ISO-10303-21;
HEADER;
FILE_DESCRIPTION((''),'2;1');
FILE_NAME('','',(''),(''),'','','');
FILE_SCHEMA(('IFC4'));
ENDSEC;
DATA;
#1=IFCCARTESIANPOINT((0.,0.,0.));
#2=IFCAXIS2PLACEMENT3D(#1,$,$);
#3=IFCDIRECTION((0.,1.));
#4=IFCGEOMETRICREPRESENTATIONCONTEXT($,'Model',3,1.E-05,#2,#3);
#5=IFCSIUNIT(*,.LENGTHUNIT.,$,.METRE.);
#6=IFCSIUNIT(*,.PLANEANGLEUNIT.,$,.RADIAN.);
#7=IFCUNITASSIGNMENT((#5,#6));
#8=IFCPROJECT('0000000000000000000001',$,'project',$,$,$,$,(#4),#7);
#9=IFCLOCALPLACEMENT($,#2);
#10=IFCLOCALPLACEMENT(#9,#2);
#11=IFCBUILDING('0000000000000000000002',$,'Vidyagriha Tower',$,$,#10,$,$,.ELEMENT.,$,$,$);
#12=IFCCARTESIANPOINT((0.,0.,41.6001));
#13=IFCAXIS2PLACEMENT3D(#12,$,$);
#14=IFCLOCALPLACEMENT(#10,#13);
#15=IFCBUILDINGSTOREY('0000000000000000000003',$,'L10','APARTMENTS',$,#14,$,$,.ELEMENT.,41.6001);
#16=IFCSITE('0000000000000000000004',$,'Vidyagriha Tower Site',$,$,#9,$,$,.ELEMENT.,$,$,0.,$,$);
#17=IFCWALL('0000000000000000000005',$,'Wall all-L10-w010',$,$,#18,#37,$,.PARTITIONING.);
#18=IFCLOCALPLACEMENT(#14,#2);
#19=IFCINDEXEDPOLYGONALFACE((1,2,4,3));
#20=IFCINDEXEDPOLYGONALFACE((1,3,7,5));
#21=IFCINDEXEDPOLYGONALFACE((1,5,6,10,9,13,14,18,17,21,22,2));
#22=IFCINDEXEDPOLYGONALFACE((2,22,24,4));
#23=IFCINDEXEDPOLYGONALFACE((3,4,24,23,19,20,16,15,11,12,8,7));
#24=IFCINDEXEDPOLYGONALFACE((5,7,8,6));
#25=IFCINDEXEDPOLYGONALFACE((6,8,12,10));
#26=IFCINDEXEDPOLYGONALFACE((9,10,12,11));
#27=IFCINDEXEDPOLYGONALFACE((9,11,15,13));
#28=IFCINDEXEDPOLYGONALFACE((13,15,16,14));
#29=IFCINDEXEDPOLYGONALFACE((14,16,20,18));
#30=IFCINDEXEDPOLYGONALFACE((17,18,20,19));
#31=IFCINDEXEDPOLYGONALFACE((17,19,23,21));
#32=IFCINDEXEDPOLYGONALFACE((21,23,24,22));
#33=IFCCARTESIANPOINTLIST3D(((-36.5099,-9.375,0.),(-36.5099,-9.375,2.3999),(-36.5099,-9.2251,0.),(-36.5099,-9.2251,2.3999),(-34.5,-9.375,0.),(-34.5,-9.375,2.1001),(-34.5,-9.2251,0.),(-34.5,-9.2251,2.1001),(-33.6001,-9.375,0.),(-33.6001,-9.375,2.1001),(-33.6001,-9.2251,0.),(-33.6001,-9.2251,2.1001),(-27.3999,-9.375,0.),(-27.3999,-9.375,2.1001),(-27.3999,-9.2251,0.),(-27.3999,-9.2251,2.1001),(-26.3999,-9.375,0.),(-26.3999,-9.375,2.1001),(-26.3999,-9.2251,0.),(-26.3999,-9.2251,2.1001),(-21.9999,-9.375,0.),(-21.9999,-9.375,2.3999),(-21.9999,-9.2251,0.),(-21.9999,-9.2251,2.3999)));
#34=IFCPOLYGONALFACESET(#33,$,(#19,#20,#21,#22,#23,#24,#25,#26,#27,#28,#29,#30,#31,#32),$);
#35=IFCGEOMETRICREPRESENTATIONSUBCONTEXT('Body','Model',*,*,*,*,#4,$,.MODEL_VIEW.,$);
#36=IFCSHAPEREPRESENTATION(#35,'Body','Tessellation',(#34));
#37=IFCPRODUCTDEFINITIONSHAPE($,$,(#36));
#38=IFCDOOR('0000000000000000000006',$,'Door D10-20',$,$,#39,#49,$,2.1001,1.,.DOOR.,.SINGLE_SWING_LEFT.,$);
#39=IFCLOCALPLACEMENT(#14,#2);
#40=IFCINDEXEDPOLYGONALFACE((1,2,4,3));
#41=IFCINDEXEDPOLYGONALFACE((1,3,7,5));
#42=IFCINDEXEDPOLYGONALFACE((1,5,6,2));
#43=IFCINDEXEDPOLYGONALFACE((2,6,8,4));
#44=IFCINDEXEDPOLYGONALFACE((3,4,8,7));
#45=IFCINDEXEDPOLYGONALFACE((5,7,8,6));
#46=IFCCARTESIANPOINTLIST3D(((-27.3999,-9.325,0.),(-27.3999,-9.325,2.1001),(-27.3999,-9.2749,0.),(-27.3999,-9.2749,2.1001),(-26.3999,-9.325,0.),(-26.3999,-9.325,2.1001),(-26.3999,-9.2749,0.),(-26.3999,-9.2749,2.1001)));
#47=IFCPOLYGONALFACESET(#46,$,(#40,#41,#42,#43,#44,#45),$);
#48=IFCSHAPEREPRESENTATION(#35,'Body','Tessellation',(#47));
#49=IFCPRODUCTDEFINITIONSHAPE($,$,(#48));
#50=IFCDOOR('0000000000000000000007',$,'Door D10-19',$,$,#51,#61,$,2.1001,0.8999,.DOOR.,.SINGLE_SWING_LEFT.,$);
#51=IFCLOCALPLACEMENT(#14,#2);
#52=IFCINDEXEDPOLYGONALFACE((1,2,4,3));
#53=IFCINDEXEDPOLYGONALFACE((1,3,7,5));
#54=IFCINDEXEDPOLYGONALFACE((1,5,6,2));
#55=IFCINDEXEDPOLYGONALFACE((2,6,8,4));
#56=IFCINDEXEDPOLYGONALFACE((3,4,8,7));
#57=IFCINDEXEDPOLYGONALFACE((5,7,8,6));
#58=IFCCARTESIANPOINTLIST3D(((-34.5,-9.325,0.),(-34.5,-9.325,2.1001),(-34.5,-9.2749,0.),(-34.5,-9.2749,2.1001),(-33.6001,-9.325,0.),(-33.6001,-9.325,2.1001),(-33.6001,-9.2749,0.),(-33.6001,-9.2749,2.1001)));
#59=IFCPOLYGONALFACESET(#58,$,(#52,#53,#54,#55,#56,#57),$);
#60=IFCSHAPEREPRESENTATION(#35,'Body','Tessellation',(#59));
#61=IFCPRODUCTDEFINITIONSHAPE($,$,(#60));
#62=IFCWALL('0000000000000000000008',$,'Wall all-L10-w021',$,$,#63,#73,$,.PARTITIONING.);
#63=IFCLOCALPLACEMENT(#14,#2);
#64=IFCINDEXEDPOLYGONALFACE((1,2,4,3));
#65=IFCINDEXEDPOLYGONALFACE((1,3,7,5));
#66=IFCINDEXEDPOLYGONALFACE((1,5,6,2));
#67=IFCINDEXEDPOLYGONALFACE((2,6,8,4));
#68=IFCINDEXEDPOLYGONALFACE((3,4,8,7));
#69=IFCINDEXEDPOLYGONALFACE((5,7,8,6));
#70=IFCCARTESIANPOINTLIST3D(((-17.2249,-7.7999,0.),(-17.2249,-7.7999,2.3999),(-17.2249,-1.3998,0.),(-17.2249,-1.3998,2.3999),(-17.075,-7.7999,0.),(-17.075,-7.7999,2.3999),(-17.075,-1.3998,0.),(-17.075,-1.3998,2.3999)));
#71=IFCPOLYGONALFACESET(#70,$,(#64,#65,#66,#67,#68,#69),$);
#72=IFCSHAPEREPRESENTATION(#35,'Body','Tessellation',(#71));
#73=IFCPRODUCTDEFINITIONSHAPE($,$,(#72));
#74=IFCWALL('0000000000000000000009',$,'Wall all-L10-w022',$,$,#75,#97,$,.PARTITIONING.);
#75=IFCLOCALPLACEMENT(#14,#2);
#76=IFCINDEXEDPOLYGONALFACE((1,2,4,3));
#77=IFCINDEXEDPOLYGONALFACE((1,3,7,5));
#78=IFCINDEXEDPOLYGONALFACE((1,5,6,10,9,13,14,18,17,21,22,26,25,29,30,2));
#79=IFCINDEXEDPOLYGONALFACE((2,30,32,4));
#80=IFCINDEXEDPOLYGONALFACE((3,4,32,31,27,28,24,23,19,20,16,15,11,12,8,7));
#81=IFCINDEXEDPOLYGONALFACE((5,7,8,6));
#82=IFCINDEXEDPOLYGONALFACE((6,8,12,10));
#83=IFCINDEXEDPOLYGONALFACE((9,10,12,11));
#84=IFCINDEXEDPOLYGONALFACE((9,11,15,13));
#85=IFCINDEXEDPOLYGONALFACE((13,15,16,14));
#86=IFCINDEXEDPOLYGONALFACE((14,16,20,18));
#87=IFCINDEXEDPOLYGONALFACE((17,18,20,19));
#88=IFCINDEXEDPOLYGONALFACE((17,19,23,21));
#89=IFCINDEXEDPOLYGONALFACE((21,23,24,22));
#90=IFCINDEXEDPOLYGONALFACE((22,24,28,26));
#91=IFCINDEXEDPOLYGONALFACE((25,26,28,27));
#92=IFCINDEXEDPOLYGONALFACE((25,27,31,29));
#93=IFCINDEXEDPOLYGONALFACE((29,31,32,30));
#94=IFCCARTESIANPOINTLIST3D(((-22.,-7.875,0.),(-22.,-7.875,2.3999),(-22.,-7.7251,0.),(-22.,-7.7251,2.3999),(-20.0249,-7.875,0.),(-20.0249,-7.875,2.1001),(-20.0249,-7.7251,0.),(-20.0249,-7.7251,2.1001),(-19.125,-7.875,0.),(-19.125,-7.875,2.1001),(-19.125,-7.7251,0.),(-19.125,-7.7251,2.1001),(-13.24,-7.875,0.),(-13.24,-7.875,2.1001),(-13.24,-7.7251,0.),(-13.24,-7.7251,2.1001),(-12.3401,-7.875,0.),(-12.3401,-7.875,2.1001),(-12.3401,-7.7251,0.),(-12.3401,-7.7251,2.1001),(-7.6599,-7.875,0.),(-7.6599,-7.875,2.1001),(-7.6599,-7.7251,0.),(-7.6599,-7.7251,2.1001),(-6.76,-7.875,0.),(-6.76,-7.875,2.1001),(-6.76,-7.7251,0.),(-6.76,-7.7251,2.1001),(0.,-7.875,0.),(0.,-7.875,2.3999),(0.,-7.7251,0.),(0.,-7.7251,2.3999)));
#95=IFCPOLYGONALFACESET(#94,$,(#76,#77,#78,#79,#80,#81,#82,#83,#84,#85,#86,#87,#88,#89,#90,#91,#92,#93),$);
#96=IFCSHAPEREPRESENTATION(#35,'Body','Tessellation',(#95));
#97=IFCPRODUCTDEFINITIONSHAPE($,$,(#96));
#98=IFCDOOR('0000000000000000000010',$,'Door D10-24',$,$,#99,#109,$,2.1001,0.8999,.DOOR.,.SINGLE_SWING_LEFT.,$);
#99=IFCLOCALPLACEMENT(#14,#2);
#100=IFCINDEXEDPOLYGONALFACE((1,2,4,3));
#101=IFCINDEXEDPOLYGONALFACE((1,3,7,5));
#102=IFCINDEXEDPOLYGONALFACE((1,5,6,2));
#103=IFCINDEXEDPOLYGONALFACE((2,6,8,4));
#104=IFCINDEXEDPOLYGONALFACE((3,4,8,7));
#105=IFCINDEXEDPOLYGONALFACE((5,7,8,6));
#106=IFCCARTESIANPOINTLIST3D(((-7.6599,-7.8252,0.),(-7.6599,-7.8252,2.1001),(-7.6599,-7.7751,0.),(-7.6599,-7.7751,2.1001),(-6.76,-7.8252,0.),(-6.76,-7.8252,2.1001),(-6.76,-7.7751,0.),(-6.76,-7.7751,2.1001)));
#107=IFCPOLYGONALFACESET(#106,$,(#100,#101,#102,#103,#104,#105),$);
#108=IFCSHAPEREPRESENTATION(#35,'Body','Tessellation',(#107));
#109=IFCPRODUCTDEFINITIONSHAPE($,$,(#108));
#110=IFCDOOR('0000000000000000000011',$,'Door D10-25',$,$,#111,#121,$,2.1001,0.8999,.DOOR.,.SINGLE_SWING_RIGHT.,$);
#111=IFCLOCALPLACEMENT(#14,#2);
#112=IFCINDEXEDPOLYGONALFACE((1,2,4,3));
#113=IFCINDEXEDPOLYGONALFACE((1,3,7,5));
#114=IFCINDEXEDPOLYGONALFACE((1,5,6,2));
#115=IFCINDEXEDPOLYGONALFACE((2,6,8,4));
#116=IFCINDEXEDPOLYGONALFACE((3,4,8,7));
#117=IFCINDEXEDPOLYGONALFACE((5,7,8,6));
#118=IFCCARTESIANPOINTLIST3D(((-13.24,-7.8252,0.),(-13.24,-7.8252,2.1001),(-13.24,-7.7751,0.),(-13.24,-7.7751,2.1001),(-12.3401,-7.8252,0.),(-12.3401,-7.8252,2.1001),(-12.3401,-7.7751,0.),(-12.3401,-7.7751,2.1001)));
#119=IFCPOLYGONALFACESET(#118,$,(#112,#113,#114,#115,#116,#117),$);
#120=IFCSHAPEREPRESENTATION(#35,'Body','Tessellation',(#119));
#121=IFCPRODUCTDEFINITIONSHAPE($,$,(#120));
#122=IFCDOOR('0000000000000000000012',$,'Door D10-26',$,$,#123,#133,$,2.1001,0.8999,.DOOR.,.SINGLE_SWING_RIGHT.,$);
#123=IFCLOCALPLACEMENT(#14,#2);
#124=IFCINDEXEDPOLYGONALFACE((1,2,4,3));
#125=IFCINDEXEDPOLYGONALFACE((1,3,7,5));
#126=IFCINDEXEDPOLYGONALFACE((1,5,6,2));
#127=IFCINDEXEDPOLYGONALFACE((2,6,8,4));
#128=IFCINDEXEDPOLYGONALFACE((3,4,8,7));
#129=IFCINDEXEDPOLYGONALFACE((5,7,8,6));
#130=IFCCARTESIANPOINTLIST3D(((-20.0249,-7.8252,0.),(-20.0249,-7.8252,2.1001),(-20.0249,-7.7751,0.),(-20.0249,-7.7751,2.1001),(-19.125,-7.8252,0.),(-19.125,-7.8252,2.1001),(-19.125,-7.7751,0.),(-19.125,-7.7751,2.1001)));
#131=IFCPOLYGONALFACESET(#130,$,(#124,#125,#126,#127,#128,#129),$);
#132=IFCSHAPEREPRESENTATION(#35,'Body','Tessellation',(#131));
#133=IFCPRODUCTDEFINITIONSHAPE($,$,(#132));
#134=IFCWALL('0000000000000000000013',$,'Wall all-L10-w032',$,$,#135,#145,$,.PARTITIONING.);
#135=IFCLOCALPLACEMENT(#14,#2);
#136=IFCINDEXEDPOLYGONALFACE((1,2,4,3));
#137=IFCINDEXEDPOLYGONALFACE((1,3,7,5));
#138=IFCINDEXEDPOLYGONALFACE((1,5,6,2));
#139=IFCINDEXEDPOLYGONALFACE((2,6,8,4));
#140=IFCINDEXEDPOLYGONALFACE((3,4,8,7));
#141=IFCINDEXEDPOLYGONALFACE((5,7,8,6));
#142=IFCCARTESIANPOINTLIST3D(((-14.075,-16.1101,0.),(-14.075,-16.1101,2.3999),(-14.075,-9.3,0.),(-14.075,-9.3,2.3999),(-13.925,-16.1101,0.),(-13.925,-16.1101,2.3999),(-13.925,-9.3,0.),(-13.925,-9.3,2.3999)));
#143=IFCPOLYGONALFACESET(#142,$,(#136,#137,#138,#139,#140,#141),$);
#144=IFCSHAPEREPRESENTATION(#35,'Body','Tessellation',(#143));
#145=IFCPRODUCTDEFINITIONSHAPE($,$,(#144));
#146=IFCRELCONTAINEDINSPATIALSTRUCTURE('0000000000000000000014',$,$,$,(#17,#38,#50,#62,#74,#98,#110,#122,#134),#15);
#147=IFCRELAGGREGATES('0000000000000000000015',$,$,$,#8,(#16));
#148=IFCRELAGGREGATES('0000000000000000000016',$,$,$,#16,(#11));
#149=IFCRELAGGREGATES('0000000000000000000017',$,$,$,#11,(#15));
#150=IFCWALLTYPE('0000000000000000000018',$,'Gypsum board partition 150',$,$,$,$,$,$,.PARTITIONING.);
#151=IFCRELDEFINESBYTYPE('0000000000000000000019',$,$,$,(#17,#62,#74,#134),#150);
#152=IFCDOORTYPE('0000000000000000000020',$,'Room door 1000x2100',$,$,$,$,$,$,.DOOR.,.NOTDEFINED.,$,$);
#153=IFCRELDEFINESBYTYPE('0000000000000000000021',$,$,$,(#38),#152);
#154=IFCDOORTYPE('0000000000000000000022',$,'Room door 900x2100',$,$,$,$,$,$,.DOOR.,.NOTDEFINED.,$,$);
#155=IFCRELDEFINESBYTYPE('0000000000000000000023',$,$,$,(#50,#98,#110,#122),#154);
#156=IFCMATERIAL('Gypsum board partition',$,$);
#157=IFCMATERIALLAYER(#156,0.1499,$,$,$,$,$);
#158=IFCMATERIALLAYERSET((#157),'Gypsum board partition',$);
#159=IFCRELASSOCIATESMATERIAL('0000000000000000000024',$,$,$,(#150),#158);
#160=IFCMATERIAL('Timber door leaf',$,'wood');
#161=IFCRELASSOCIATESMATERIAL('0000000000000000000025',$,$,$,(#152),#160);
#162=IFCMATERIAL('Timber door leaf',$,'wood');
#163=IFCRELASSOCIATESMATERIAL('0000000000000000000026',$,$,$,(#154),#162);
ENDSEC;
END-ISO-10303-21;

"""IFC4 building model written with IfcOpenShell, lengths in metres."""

from ifc_helpers import new_model, si_unit, direction, frame, frame_2d, origin, place, context, subcontext, project, spatial, rectangle, extrude, material, layer, layer_set, type_object, element, fill, save


model = new_model("IFC4")

# Units and contexts
model_context = context("Model", 3, precision=1e-05, world=origin(), true_north=direction((0.0, 1.0)))
body_context = subcontext(model_context, "Body", "Model", "MODEL_VIEW")
ifc_project = project(units=[si_unit("LENGTHUNIT", "METRE"), si_unit("PLANEANGLEUNIT", "RADIAN")], contexts=[model_context])

# Site, building, storey
site_placement = place(None, origin())
site = spatial("IfcSite", under=ifc_project, at=site_placement, Name="Vidyagriha Tower Site", CompositionType="ELEMENT", RefElevation=0.0)
building_placement = place(site_placement, origin())
building = spatial("IfcBuilding", under=site, at=building_placement, Name="Vidyagriha Tower", CompositionType="ELEMENT")
storey_placement = place(building_placement, frame((0.0, 0.0, 41.6001)))
storey = spatial("IfcBuildingStorey", under=building, at=storey_placement, Name="L10", Description="APARTMENTS", CompositionType="ELEMENT", Elevation=41.6001)

# Shared definitions
ifc_material_1 = material(Name="Gypsum board partition")
ifc_layer_1 = layer(ifc_material_1, 0.1499)
ifc_layer_set_1 = layer_set([ifc_layer_1], Name="Gypsum board partition")
wall_type_1 = type_object("IfcWallType", Name="Gypsum board partition 150", PredefinedType="PARTITIONING", material=ifc_layer_set_1)

# Wall, openings, doors
wall_1_placement = place(storey_placement, frame((-22.0, -9.3, 0.0), z_axis=(0.0, 0.0, 1.0), x_axis=(-1.0, 0.0, 0.0)))
wall_1 = element("IfcWall", 1, at=wall_1_placement, inside=storey, type_object=wall_type_1, Name="Wall all-L10-w010", PredefinedType="PARTITIONING", context=body_context, shape_type="SweptSolid", body=[
    extrude(rectangle(XDim=14.51, YDim=0.1499, at=frame_2d((7.2549, 0.0))), origin(), (0.0, 0.0, 1.0), 2.3999),
])
opening_1_placement = place(wall_1_placement, frame((11.6001, 0.0, 0.0)))
opening_1 = element("IfcOpeningElement", 2, at=opening_1_placement, cuts=wall_1, PredefinedType="OPENING", context=body_context, shape_type="SweptSolid", body=[
    extrude(rectangle(XDim=0.8999, YDim=2.1001, at=frame_2d((0.45, 1.05))), frame((0.0, 0.085, 0.0), z_axis=(0.0, -1.0, 0.0), x_axis=(1.0, 0.0, 0.0)), (0.0, 0.0, 1.0), 0.1699),
])
opening_2_placement = place(wall_1_placement, frame((4.3999, 0.0, 0.0)))
opening_2 = element("IfcOpeningElement", 3, at=opening_2_placement, cuts=wall_1, PredefinedType="OPENING", context=body_context, shape_type="SweptSolid", body=[
    extrude(rectangle(XDim=1.0, YDim=2.1001, at=frame_2d((0.5, 1.05))), frame((0.0, 0.085, 0.0), z_axis=(0.0, -1.0, 0.0), x_axis=(1.0, 0.0, 0.0)), (0.0, 0.0, 1.0), 0.1699),
])
ifc_material_2 = material(Name="Timber door leaf", Category="wood")
door_type_1 = type_object("IfcDoorType", Name="Room door 1000x2100", OperationType="NOTDEFINED", PredefinedType="DOOR", material=ifc_material_2)
door_1_placement = place(opening_2_placement, origin())
door_1 = element("IfcDoor", 4, at=door_1_placement, inside=storey, type_object=door_type_1, Name="Door D10-20", OperationType="SINGLE_SWING_LEFT", OverallHeight=2.1001, OverallWidth=1.0, PredefinedType="DOOR", context=body_context, shape_type="SweptSolid", body=[
    extrude(rectangle(XDim=1.0, YDim=2.1001, at=frame_2d((0.5, 1.05))), frame((0.0, 0.0249, 0.0), z_axis=(0.0, -1.0, 0.0), x_axis=(1.0, 0.0, 0.0)), (0.0, 0.0, 1.0), 0.05),
])
fill(opening_2, door_1)
ifc_material_3 = material(Name="Timber door leaf", Category="wood")
door_type_2 = type_object("IfcDoorType", Name="Room door 900x2100", OperationType="NOTDEFINED", PredefinedType="DOOR", material=ifc_material_3)
door_2_placement = place(opening_1_placement, origin())
door_2 = element("IfcDoor", 5, at=door_2_placement, inside=storey, type_object=door_type_2, Name="Door D10-19", OperationType="SINGLE_SWING_LEFT", OverallHeight=2.1001, OverallWidth=0.8999, PredefinedType="DOOR", context=body_context, shape_type="SweptSolid", body=[
    extrude(rectangle(XDim=0.8999, YDim=2.1001, at=frame_2d((0.45, 1.05))), frame((0.0, 0.0249, 0.0), z_axis=(0.0, -1.0, 0.0), x_axis=(1.0, 0.0, 0.0)), (0.0, 0.0, 1.0), 0.05),
])
fill(opening_1, door_2)

# Wall
wall_2_placement = place(storey_placement, frame((-17.1499, -7.8, 0.0), z_axis=(0.0, 0.0, 1.0), x_axis=(0.0, 1.0, 0.0)))
element("IfcWall", 6, at=wall_2_placement, inside=storey, type_object=wall_type_1, Name="Wall all-L10-w021", PredefinedType="PARTITIONING", context=body_context, shape_type="SweptSolid", body=[
    extrude(rectangle(XDim=6.4001, YDim=0.1499, at=frame_2d((3.2002, 0.0))), origin(), (0.0, 0.0, 1.0), 2.3999),
])

# Wall, openings, doors
wall_3_placement = place(storey_placement, frame((-22.0, -7.8, 0.0)))
wall_3 = element("IfcWall", 7, at=wall_3_placement, inside=storey, type_object=wall_type_1, Name="Wall all-L10-w022", PredefinedType="PARTITIONING", context=body_context, shape_type="SweptSolid", body=[
    extrude(rectangle(XDim=22.0, YDim=0.1499, at=frame_2d((11.0, 0.0))), origin(), (0.0, 0.0, 1.0), 2.3999),
])
opening_3_placement = place(wall_3_placement, frame((14.3401, 0.0, 0.0)))
opening_3 = element("IfcOpeningElement", 8, at=opening_3_placement, cuts=wall_3, PredefinedType="OPENING", context=body_context, shape_type="SweptSolid", body=[
    extrude(rectangle(XDim=0.8999, YDim=2.1001, at=frame_2d((0.45, 1.05))), frame((0.0, 0.085, 0.0), z_axis=(0.0, -1.0, 0.0), x_axis=(1.0, 0.0, 0.0)), (0.0, 0.0, 1.0), 0.1699),
])
opening_4_placement = place(wall_3_placement, frame((8.76, 0.0, 0.0)))
opening_4 = element("IfcOpeningElement", 9, at=opening_4_placement, cuts=wall_3, PredefinedType="OPENING", context=body_context, shape_type="SweptSolid", body=[
    extrude(rectangle(XDim=0.8999, YDim=2.1001, at=frame_2d((0.45, 1.05))), frame((0.0, 0.085, 0.0), z_axis=(0.0, -1.0, 0.0), x_axis=(1.0, 0.0, 0.0)), (0.0, 0.0, 1.0), 0.1699),
])
opening_5_placement = place(wall_3_placement, frame((1.9751, 0.0, 0.0)))
opening_5 = element("IfcOpeningElement", 10, at=opening_5_placement, cuts=wall_3, PredefinedType="OPENING", context=body_context, shape_type="SweptSolid", body=[
    extrude(rectangle(XDim=0.8999, YDim=2.1001, at=frame_2d((0.45, 1.05))), frame((0.0, 0.085, 0.0), z_axis=(0.0, -1.0, 0.0), x_axis=(1.0, 0.0, 0.0)), (0.0, 0.0, 1.0), 0.1699),
])
door_3_placement = place(opening_3_placement, origin())
door_3 = element("IfcDoor", 11, at=door_3_placement, inside=storey, type_object=door_type_2, Name="Door D10-24", OperationType="SINGLE_SWING_LEFT", OverallHeight=2.1001, OverallWidth=0.8999, PredefinedType="DOOR", context=body_context, shape_type="SweptSolid", body=[
    extrude(rectangle(XDim=0.8999, YDim=2.1001, at=frame_2d((0.45, 1.05))), frame((0.0, 0.0249, 0.0), z_axis=(0.0, -1.0, 0.0), x_axis=(1.0, 0.0, 0.0)), (0.0, 0.0, 1.0), 0.05),
])
fill(opening_3, door_3)
door_4_placement = place(opening_4_placement, origin())
door_4 = element("IfcDoor", 12, at=door_4_placement, inside=storey, type_object=door_type_2, Name="Door D10-25", OperationType="SINGLE_SWING_RIGHT", OverallHeight=2.1001, OverallWidth=0.8999, PredefinedType="DOOR", context=body_context, shape_type="SweptSolid", body=[
    extrude(rectangle(XDim=0.8999, YDim=2.1001, at=frame_2d((0.45, 1.05))), frame((0.0, 0.0249, 0.0), z_axis=(0.0, -1.0, 0.0), x_axis=(1.0, 0.0, 0.0)), (0.0, 0.0, 1.0), 0.05),
])
fill(opening_4, door_4)
door_5_placement = place(opening_5_placement, origin())
door_5 = element("IfcDoor", 13, at=door_5_placement, inside=storey, type_object=door_type_2, Name="Door D10-26", OperationType="SINGLE_SWING_RIGHT", OverallHeight=2.1001, OverallWidth=0.8999, PredefinedType="DOOR", context=body_context, shape_type="SweptSolid", body=[
    extrude(rectangle(XDim=0.8999, YDim=2.1001, at=frame_2d((0.45, 1.05))), frame((0.0, 0.0249, 0.0), z_axis=(0.0, -1.0, 0.0), x_axis=(1.0, 0.0, 0.0)), (0.0, 0.0, 1.0), 0.05),
])
fill(opening_5, door_5)

# Wall
wall_4_placement = place(storey_placement, frame((-14.0, -9.3, 0.0), z_axis=(0.0, 0.0, 1.0), x_axis=(0.0, -1.0, 0.0)))
element("IfcWall", 14, at=wall_4_placement, inside=storey, type_object=wall_type_1, Name="Wall all-L10-w032", PredefinedType="PARTITIONING", context=body_context, shape_type="SweptSolid", body=[
    extrude(rectangle(XDim=6.8101, YDim=0.1499, at=frame_2d((3.405, 0.0))), origin(), (0.0, 0.0, 1.0), 2.3999),
])

save(model, "model.ifc")
